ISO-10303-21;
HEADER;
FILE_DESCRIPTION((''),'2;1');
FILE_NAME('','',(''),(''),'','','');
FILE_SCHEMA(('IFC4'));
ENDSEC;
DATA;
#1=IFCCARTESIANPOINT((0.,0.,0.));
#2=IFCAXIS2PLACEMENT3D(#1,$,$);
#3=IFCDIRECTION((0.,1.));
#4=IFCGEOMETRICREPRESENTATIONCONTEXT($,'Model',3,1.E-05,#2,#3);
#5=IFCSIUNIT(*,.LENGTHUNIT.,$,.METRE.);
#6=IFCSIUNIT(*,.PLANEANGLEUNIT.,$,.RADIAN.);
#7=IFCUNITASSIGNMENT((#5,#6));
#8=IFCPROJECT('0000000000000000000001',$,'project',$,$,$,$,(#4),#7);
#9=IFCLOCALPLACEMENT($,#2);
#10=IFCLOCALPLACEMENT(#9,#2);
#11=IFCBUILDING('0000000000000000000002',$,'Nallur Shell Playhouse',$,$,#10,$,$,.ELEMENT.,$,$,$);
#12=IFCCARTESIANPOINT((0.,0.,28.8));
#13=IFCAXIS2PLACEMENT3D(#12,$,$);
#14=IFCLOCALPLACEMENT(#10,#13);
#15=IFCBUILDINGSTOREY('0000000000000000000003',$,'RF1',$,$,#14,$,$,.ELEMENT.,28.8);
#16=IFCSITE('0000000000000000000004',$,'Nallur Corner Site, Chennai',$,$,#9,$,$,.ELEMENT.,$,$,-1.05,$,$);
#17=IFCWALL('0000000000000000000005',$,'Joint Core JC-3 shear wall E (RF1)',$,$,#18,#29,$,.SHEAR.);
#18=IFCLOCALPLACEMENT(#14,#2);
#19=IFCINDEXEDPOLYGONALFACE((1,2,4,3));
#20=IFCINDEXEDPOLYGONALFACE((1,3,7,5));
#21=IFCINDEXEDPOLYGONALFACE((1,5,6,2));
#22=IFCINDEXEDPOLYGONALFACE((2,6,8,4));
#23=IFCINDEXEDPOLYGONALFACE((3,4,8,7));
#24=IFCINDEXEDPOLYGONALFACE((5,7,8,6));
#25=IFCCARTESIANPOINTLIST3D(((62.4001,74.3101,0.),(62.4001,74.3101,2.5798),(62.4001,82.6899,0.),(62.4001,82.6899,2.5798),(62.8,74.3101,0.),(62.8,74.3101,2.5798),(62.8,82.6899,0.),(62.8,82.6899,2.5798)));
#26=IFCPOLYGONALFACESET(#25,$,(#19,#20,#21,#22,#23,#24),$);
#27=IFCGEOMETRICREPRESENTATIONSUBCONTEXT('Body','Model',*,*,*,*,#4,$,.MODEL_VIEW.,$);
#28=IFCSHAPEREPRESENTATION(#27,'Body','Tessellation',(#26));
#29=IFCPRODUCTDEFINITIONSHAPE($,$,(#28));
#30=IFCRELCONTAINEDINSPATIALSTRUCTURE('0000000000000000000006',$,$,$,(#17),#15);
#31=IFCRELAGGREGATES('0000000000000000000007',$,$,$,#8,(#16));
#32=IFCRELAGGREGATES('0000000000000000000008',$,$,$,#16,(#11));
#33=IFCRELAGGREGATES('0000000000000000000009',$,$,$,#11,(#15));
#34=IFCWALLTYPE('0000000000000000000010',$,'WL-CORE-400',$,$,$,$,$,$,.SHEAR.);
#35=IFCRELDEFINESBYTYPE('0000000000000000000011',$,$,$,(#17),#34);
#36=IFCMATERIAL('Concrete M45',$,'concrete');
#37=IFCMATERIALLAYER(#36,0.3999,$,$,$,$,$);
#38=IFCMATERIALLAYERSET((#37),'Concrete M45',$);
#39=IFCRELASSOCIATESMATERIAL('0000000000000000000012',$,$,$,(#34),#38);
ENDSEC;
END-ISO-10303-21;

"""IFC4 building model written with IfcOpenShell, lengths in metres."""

from ifc_helpers import new_model, si_unit, direction, frame, frame_2d, origin, place, context, subcontext, project, spatial, rectangle, extrude, material, layer, layer_set, type_object, element, save


model = new_model("IFC4")

# Units and contexts
model_context = context("Model", 3, precision=1e-05, world=origin(), true_north=direction((0.0, 1.0)))
body_context = subcontext(model_context, "Body", "Model", "MODEL_VIEW")
ifc_project = project(units=[si_unit("LENGTHUNIT", "METRE"), si_unit("PLANEANGLEUNIT", "RADIAN")], contexts=[model_context])

# Site, building, storey
site_placement = place(None, origin())
site = spatial("IfcSite", under=ifc_project, at=site_placement, Name="Nallur Corner Site, Chennai", CompositionType="ELEMENT", RefElevation=-1.05)
building_placement = place(site_placement, origin())
building = spatial("IfcBuilding", under=site, at=building_placement, Name="Nallur Shell Playhouse", CompositionType="ELEMENT")
storey_placement = place(building_placement, frame((0.0, 0.0, 28.8)))
storey = spatial("IfcBuildingStorey", under=building, at=storey_placement, Name="RF1", CompositionType="ELEMENT", Elevation=28.8)

# Wall
ifc_material_1 = material(Name="Concrete M45", Category="concrete")
ifc_layer_1 = layer(ifc_material_1, 0.3999)
ifc_layer_set_1 = layer_set([ifc_layer_1], Name="Concrete M45")
wall_type = type_object("IfcWallType", Name="WL-CORE-400", PredefinedType="SHEAR", material=ifc_layer_set_1)
wall_1_placement = place(storey_placement, frame((62.6001, 74.3101, 0.0), z_axis=(0.0, 0.0, 1.0), x_axis=(0.0, 1.0, 0.0)))
element("IfcWall", 1, at=wall_1_placement, inside=storey, type_object=wall_type, Name="Joint Core JC-3 shear wall E (RF1)", PredefinedType="SHEAR", context=body_context, shape_type="SweptSolid", body=[
    extrude(rectangle(XDim=8.3799, YDim=0.3999, at=frame_2d((4.1899, 0.0))), origin(), (0.0, 0.0, 1.0), 2.5798),
])

save(model, "model.ifc")
